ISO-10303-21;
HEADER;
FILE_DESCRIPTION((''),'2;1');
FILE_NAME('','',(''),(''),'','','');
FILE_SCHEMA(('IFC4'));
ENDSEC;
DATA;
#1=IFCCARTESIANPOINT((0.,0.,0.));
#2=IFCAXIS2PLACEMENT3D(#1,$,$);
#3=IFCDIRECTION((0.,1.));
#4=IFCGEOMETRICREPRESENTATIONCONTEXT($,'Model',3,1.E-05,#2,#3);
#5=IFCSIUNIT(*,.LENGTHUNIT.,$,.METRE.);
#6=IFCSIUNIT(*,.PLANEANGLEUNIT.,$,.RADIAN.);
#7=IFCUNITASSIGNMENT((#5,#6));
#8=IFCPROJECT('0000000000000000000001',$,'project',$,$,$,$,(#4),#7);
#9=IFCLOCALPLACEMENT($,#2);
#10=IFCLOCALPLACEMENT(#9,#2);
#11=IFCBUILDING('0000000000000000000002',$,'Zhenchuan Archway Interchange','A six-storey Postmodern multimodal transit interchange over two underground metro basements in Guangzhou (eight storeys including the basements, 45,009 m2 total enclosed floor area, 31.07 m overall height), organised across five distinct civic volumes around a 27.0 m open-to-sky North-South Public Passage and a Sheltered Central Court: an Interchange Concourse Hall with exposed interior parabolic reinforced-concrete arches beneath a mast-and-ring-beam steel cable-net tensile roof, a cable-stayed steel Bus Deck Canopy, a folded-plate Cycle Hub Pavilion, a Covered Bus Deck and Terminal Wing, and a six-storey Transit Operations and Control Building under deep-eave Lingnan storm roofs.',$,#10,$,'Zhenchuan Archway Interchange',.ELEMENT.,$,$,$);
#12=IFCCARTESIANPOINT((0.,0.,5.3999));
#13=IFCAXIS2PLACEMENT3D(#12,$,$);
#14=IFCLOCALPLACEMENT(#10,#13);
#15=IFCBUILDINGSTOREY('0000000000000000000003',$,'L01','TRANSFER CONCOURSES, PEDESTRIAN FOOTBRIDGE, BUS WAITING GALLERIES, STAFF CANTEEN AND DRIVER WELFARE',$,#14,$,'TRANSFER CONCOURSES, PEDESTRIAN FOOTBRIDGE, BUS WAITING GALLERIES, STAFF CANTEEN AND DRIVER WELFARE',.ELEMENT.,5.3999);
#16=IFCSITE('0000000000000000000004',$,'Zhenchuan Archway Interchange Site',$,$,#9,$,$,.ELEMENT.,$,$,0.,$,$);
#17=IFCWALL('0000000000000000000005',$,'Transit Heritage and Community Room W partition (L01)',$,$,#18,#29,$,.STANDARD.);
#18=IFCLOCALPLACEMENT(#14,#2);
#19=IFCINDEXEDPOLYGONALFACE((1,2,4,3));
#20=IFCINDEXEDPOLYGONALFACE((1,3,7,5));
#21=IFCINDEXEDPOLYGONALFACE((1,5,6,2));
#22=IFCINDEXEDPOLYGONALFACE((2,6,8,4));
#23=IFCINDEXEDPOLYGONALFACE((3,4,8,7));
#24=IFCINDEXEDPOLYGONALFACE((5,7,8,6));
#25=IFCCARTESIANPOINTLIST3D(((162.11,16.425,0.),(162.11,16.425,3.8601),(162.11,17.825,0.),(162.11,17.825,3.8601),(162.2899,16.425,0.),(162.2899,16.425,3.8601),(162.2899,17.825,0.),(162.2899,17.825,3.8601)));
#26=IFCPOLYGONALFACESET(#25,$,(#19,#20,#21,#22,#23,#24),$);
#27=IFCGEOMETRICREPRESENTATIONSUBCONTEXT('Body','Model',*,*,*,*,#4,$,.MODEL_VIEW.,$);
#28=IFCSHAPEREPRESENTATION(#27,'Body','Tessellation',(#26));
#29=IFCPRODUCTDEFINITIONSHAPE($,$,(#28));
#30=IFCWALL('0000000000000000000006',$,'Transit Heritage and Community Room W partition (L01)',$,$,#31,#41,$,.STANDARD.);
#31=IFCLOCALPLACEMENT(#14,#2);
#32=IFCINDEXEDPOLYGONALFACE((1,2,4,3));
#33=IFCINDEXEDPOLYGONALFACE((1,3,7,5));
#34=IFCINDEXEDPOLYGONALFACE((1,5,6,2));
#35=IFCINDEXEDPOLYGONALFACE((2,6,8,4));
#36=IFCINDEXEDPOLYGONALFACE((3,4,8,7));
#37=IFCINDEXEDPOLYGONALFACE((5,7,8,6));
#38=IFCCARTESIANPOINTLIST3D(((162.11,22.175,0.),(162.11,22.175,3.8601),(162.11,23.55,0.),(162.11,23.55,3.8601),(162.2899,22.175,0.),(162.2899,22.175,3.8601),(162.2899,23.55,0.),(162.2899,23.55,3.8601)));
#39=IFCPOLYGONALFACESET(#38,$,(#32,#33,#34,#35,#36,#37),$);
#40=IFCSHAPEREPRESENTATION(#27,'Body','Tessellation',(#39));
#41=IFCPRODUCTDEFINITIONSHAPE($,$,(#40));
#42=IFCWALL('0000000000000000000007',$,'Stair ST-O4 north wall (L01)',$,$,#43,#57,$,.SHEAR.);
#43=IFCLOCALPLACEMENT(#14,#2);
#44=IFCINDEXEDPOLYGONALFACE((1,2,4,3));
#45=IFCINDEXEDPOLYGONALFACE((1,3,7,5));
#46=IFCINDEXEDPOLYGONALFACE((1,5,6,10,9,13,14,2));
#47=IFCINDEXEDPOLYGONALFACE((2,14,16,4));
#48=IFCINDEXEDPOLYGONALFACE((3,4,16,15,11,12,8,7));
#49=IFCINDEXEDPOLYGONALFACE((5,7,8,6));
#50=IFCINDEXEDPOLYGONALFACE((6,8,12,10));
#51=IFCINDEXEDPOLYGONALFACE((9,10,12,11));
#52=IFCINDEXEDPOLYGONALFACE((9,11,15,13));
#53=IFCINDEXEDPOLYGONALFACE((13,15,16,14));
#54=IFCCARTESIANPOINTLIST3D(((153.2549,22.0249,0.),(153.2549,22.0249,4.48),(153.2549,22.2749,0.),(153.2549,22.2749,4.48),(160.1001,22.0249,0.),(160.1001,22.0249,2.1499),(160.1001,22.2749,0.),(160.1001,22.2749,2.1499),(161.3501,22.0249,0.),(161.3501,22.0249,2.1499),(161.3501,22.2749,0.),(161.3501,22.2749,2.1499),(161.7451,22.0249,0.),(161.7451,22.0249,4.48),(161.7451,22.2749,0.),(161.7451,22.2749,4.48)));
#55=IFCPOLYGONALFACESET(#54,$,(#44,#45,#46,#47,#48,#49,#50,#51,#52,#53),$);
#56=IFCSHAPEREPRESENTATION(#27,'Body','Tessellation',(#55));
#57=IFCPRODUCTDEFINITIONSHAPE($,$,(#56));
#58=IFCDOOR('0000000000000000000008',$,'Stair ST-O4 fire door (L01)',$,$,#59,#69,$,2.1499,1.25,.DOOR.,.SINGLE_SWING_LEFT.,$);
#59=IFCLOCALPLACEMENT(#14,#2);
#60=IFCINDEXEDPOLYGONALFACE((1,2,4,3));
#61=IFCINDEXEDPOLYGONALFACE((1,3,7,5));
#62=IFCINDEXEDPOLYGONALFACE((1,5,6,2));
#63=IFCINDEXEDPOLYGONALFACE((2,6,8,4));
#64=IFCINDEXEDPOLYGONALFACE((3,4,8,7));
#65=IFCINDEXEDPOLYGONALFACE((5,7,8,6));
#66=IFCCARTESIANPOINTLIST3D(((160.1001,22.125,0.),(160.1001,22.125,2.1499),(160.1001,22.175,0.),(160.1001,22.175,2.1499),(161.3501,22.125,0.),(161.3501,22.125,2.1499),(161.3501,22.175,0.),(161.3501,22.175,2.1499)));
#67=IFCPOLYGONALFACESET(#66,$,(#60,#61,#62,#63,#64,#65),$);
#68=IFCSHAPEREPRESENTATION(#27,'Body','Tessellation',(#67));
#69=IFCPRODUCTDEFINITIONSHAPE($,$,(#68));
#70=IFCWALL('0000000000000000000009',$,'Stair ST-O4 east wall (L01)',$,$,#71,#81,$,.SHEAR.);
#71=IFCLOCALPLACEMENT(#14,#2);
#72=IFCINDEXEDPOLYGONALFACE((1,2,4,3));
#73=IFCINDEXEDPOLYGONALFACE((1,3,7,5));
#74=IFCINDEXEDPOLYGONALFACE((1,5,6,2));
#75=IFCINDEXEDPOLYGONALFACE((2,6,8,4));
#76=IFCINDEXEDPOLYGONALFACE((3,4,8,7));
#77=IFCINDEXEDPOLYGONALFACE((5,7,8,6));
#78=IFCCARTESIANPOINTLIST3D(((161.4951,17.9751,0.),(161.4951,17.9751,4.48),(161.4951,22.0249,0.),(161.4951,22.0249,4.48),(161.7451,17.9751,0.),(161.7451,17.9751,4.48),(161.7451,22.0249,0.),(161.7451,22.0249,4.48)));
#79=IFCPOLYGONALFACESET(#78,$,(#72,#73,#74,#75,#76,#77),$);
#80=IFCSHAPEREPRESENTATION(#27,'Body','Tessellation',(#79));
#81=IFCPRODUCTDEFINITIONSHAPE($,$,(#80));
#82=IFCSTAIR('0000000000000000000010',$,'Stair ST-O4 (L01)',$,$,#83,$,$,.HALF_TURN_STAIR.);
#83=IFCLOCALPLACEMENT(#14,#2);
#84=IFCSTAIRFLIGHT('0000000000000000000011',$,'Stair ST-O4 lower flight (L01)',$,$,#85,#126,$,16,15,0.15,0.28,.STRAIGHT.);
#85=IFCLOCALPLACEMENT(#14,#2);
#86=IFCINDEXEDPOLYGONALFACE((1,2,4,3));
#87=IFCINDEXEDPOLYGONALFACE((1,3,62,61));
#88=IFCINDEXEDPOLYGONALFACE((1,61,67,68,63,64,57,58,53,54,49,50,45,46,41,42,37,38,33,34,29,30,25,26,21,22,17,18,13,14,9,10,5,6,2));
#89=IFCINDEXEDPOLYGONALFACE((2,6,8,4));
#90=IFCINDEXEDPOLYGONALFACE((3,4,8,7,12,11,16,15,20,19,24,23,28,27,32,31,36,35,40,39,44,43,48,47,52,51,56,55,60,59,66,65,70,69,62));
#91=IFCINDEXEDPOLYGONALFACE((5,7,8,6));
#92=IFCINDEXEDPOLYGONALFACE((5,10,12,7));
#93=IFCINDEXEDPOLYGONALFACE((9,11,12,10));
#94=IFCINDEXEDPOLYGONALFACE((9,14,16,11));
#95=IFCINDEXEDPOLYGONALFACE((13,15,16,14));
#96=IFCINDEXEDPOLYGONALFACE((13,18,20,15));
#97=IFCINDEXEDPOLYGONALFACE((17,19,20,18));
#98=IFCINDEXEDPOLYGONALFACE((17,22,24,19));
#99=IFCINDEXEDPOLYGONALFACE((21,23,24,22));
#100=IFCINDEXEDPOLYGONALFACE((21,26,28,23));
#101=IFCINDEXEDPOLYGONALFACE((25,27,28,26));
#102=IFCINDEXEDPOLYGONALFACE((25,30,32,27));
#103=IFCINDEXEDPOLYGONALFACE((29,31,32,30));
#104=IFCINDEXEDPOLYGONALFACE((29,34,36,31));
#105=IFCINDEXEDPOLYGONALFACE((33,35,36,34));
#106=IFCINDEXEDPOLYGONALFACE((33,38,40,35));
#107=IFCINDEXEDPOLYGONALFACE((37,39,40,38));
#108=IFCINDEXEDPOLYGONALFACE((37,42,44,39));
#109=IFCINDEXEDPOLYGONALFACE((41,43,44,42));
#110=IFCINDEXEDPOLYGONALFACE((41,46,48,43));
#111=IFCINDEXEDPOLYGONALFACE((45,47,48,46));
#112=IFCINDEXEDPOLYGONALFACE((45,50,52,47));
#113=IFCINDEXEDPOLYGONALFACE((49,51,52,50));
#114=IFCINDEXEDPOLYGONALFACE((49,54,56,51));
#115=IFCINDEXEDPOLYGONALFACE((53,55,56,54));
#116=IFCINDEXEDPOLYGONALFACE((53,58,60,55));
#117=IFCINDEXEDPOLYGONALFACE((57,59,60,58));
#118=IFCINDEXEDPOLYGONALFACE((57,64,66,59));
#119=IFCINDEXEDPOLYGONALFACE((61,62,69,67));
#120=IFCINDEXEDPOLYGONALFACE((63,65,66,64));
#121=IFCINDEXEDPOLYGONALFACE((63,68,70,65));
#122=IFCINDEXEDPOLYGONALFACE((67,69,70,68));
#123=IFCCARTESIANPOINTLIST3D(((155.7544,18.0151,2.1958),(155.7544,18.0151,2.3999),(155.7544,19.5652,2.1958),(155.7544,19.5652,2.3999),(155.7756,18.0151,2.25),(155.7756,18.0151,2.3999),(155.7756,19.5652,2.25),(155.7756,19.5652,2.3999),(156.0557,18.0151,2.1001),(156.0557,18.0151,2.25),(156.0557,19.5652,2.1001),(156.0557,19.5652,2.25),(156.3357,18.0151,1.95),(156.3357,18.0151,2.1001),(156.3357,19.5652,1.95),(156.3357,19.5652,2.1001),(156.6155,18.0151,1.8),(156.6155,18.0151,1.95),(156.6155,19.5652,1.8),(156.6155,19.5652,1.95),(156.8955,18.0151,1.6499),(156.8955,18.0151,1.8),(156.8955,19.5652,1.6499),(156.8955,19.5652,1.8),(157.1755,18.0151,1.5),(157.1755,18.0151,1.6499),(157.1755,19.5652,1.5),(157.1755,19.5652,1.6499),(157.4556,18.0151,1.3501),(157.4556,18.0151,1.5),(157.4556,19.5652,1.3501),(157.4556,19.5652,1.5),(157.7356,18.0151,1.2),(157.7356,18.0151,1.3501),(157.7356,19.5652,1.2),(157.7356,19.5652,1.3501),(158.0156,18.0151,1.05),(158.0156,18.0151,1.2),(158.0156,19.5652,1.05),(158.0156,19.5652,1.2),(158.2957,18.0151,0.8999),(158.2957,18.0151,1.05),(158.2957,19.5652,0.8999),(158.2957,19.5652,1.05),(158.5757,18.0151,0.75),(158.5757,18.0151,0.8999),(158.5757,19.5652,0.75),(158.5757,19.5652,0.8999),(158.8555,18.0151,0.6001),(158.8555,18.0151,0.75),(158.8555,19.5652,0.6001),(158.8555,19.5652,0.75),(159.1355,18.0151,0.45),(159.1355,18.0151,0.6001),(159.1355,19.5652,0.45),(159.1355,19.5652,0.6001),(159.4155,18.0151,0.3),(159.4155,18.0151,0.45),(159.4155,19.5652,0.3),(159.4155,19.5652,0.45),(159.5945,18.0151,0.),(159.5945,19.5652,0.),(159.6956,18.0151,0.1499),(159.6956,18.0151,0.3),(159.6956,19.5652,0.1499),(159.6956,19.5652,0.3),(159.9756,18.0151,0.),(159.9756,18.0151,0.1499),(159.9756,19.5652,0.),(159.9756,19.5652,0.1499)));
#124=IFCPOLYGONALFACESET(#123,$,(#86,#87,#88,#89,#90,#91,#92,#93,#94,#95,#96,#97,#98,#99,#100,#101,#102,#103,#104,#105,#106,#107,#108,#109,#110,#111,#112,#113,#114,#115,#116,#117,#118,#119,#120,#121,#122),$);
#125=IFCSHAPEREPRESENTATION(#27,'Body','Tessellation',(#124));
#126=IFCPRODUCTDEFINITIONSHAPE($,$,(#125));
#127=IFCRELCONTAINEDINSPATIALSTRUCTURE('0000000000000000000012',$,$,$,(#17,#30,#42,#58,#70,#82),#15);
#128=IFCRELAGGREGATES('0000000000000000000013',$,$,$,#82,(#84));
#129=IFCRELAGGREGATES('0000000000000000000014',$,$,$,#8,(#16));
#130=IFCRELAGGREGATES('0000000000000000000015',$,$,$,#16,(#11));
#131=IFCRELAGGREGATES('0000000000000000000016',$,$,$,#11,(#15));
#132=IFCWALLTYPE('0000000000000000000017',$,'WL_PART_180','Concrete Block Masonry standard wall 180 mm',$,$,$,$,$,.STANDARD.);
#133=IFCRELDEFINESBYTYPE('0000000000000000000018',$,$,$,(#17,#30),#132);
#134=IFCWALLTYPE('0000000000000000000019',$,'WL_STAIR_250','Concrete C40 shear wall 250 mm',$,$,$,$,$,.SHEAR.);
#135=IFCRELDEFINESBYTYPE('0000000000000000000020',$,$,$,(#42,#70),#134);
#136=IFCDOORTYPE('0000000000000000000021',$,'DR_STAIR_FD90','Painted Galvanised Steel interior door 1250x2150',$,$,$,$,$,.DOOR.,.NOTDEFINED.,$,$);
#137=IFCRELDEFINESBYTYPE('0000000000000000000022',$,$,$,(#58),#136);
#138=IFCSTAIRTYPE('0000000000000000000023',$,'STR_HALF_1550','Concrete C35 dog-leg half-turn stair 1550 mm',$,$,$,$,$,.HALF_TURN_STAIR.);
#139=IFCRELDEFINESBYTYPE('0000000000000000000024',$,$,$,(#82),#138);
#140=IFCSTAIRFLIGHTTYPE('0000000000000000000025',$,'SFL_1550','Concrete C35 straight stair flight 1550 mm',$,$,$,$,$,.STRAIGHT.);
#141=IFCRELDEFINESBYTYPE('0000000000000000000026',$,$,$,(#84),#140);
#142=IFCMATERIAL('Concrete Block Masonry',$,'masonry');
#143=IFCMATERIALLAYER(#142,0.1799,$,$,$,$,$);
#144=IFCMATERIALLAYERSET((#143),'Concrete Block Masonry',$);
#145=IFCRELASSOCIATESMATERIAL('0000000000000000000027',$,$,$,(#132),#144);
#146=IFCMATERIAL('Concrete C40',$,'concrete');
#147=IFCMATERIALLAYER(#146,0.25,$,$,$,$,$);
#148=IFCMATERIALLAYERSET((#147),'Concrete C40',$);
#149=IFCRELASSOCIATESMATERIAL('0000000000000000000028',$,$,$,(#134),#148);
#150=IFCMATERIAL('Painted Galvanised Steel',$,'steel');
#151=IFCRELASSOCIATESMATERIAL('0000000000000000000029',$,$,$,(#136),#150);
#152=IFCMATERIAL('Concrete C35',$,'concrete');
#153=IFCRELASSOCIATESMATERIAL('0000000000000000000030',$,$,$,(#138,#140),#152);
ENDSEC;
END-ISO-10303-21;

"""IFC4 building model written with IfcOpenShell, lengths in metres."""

from ifc_helpers import new_model, si_unit, direction, frame, frame_2d, origin, place, context, subcontext, project, spatial, polyline, rectangle, outline, extrude, material, layer, layer_set, type_object, element, fill, aggregate, save


model = new_model("IFC4")

# Units and contexts
model_context = context("Model", 3, precision=1e-05, world=origin(), true_north=direction((0.0, 1.0)))
body_context = subcontext(model_context, "Body", "Model", "MODEL_VIEW")
ifc_project = project(units=[si_unit("LENGTHUNIT", "METRE"), si_unit("PLANEANGLEUNIT", "RADIAN")], contexts=[model_context])

# Site, building, storey
site_placement = place(None, origin())
site = spatial("IfcSite", under=ifc_project, at=site_placement, Name="Zhenchuan Archway Interchange Site", CompositionType="ELEMENT", RefElevation=0.0)
building_placement = place(site_placement, origin())
building = spatial("IfcBuilding", under=site, at=building_placement, Name="Zhenchuan Archway Interchange", Description="A six-storey Postmodern multimodal transit interchange over two underground metro basements in Guangzhou (eight storeys including the basements, 45,009 m2 total enclosed floor area, 31.07 m overall height), organised across five distinct civic volumes around a 27.0 m open-to-sky North-South Public Passage and a Sheltered Central Court: an Interchange Concourse Hall with exposed interior parabolic reinforced-concrete arches beneath a mast-and-ring-beam steel cable-net tensile roof, a cable-stayed steel Bus Deck Canopy, a folded-plate Cycle Hub Pavilion, a Covered Bus Deck and Terminal Wing, and a six-storey Transit Operations and Control Building under deep-eave Lingnan storm roofs.", LongName="Zhenchuan Archway Interchange", CompositionType="ELEMENT")
storey_placement = place(building_placement, frame((0.0, 0.0, 5.3999)))
storey = spatial("IfcBuildingStorey", under=building, at=storey_placement, Name="L01", Description="TRANSFER CONCOURSES, PEDESTRIAN FOOTBRIDGE, BUS WAITING GALLERIES, STAFF CANTEEN AND DRIVER WELFARE", LongName="TRANSFER CONCOURSES, PEDESTRIAN FOOTBRIDGE, BUS WAITING GALLERIES, STAFF CANTEEN AND DRIVER WELFARE", CompositionType="ELEMENT", Elevation=5.3999)

# Shared definitions
ifc_material_1 = material(Name="Concrete C40", Category="concrete")

# Walls
ifc_material_2 = material(Name="Concrete Block Masonry", Category="masonry")
ifc_layer_1 = layer(ifc_material_2, 0.1799)
ifc_layer_set_1 = layer_set([ifc_layer_1], Name="Concrete Block Masonry")
wall_type_1 = type_object("IfcWallType", Name="WL_PART_180", Description="Concrete Block Masonry standard wall 180 mm", PredefinedType="STANDARD", material=ifc_layer_set_1)
wall_1_placement = place(storey_placement, frame((162.2, 16.425, 0.0), z_axis=(0.0, 0.0, 1.0), x_axis=(0.0, 1.0, 0.0)))
element("IfcWall", 1, at=wall_1_placement, inside=storey, type_object=wall_type_1, Name="Transit Heritage and Community Room W partition (L01)", PredefinedType="STANDARD", context=body_context, shape_type="SweptSolid", body=[
    extrude(rectangle(XDim=1.3999, YDim=0.1799, at=frame_2d((0.7, 0.0))), origin(), (0.0, 0.0, 1.0), 3.8601),
])
wall_2_placement = place(storey_placement, frame((162.2, 22.175, 0.0), z_axis=(0.0, 0.0, 1.0), x_axis=(0.0, 1.0, 0.0)))
element("IfcWall", 2, at=wall_2_placement, inside=storey, type_object=wall_type_1, Name="Transit Heritage and Community Room W partition (L01)", PredefinedType="STANDARD", context=body_context, shape_type="SweptSolid", body=[
    extrude(rectangle(XDim=1.375, YDim=0.1799, at=frame_2d((0.6875, 0.0))), origin(), (0.0, 0.0, 1.0), 3.8601),
])

# Wall, opening, door
ifc_layer_2 = layer(ifc_material_1, 0.25)
ifc_layer_set_2 = layer_set([ifc_layer_2], Name="Concrete C40")
wall_type_2 = type_object("IfcWallType", Name="WL_STAIR_250", Description="Concrete C40 shear wall 250 mm", PredefinedType="SHEAR", material=ifc_layer_set_2)
wall_3_placement = place(storey_placement, frame((161.7451, 22.1499, 0.0), z_axis=(0.0, 0.0, 1.0), x_axis=(-1.0, 0.0, 0.0)))
wall_3 = element("IfcWall", 3, at=wall_3_placement, inside=storey, type_object=wall_type_2, Name="Stair ST-O4 north wall (L01)", PredefinedType="SHEAR", context=body_context, shape_type="SweptSolid", body=[
    extrude(rectangle(XDim=8.4902, YDim=0.25, at=frame_2d((4.2451, 0.0))), origin(), (0.0, 0.0, 1.0), 4.48),
])
opening_1_placement = place(wall_3_placement, frame((0.395, 0.0, 0.0)))
opening_1 = element("IfcOpeningElement", 4, at=opening_1_placement, cuts=wall_3, PredefinedType="OPENING", context=body_context, shape_type="SweptSolid", body=[
    extrude(rectangle(XDim=1.25, YDim=2.1499, at=frame_2d((0.625, 1.075))), frame((0.0, 0.137, 0.0), z_axis=(0.0, -1.0, 0.0), x_axis=(1.0, 0.0, 0.0)), (0.0, 0.0, 1.0), 0.2739),
])
ifc_material_3 = material(Name="Painted Galvanised Steel", Category="steel")
door_type = type_object("IfcDoorType", Name="DR_STAIR_FD90", Description="Painted Galvanised Steel interior door 1250x2150", OperationType="NOTDEFINED", PredefinedType="DOOR", material=ifc_material_3)
door_placement = place(opening_1_placement, origin())
door = element("IfcDoor", 5, at=door_placement, inside=storey, type_object=door_type, Name="Stair ST-O4 fire door (L01)", OperationType="SINGLE_SWING_LEFT", OverallHeight=2.1499, OverallWidth=1.25, PredefinedType="DOOR", context=body_context, shape_type="SweptSolid", body=[
    extrude(rectangle(XDim=1.25, YDim=2.1499, at=frame_2d((0.625, 1.075))), frame((0.0, 0.0249, 0.0), z_axis=(0.0, -1.0, 0.0), x_axis=(1.0, 0.0, 0.0)), (0.0, 0.0, 1.0), 0.05),
])
fill(opening_1, door)

# Wall
wall_4_placement = place(storey_placement, frame((161.6201, 17.9751, 0.0), z_axis=(0.0, 0.0, 1.0), x_axis=(0.0, 1.0, 0.0)))
element("IfcWall", 6, at=wall_4_placement, inside=storey, type_object=wall_type_2, Name="Stair ST-O4 east wall (L01)", PredefinedType="SHEAR", context=body_context, shape_type="SweptSolid", body=[
    extrude(rectangle(XDim=4.0498, YDim=0.25, at=frame_2d((2.0249, 0.0))), origin(), (0.0, 0.0, 1.0), 4.48),
])

# Stair, stair flight
ifc_material_4 = material(Name="Concrete C35", Category="concrete")
stair_type = type_object("IfcStairType", Name="STR_HALF_1550", Description="Concrete C35 dog-leg half-turn stair 1550 mm", PredefinedType="HALF_TURN_STAIR", material=ifc_material_4)
stair_placement = place(storey_placement, origin())
stair = element("IfcStair", 7, at=stair_placement, inside=storey, type_object=stair_type, Name="Stair ST-O4 (L01)", PredefinedType="HALF_TURN_STAIR")
stair_flight_type = type_object("IfcStairFlightType", Name="SFL_1550", Description="Concrete C35 straight stair flight 1550 mm", PredefinedType="STRAIGHT", material=ifc_material_4)
stair_flight_placement = place(storey_placement, frame((159.9756, 18.79, 0.0), z_axis=(0.0, 0.0, 1.0), x_axis=(-1.0, 0.0, 0.0)))
stair_flight = element("IfcStairFlight", 8, at=stair_flight_placement, type_object=stair_flight_type, Name="Stair ST-O4 lower flight (L01)", NumberOfRisers=16, NumberOfTreads=15, PredefinedType="STRAIGHT", RiserHeight=0.15, TreadLength=0.28, context=body_context, shape_type="SweptSolid", body=[
    extrude(outline(polyline([(0.0, 0.0), (0.0, 0.1499), (0.28, 0.1499), (0.28, 0.3), (0.5601, 0.3), (0.5601, 0.45), (0.8401, 0.45), (0.8401, 0.6001), (1.1201, 0.6001), (1.1201, 0.75), (1.3999, 0.75), (1.3999, 0.8999), (1.6799, 0.8999), (1.6799, 1.05), (1.96, 1.05), (1.96, 1.2), (2.24, 1.2), (2.24, 1.3501), (2.52, 1.3501), (2.52, 1.5), (2.8, 1.5), (2.8, 1.6499), (3.0801, 1.6499), (3.0801, 1.8), (3.3601, 1.8), (3.3601, 1.95), (3.6399, 1.95), (3.6399, 2.1001), (3.9199, 2.1001), (3.9199, 2.25), (4.2, 2.25), (4.2, 2.3999), (4.2212, 2.3999), (4.2212, 2.1958), (0.3811, 0.0), (0.0, 0.0)])), frame((0.0, 0.7749, 0.0), z_axis=(0.0, -1.0, 0.0), x_axis=(1.0, 0.0, 0.0)), (0.0, 0.0, 1.0), 1.55),
])
aggregate(stair, [stair_flight])

save(model, "model.ifc")
